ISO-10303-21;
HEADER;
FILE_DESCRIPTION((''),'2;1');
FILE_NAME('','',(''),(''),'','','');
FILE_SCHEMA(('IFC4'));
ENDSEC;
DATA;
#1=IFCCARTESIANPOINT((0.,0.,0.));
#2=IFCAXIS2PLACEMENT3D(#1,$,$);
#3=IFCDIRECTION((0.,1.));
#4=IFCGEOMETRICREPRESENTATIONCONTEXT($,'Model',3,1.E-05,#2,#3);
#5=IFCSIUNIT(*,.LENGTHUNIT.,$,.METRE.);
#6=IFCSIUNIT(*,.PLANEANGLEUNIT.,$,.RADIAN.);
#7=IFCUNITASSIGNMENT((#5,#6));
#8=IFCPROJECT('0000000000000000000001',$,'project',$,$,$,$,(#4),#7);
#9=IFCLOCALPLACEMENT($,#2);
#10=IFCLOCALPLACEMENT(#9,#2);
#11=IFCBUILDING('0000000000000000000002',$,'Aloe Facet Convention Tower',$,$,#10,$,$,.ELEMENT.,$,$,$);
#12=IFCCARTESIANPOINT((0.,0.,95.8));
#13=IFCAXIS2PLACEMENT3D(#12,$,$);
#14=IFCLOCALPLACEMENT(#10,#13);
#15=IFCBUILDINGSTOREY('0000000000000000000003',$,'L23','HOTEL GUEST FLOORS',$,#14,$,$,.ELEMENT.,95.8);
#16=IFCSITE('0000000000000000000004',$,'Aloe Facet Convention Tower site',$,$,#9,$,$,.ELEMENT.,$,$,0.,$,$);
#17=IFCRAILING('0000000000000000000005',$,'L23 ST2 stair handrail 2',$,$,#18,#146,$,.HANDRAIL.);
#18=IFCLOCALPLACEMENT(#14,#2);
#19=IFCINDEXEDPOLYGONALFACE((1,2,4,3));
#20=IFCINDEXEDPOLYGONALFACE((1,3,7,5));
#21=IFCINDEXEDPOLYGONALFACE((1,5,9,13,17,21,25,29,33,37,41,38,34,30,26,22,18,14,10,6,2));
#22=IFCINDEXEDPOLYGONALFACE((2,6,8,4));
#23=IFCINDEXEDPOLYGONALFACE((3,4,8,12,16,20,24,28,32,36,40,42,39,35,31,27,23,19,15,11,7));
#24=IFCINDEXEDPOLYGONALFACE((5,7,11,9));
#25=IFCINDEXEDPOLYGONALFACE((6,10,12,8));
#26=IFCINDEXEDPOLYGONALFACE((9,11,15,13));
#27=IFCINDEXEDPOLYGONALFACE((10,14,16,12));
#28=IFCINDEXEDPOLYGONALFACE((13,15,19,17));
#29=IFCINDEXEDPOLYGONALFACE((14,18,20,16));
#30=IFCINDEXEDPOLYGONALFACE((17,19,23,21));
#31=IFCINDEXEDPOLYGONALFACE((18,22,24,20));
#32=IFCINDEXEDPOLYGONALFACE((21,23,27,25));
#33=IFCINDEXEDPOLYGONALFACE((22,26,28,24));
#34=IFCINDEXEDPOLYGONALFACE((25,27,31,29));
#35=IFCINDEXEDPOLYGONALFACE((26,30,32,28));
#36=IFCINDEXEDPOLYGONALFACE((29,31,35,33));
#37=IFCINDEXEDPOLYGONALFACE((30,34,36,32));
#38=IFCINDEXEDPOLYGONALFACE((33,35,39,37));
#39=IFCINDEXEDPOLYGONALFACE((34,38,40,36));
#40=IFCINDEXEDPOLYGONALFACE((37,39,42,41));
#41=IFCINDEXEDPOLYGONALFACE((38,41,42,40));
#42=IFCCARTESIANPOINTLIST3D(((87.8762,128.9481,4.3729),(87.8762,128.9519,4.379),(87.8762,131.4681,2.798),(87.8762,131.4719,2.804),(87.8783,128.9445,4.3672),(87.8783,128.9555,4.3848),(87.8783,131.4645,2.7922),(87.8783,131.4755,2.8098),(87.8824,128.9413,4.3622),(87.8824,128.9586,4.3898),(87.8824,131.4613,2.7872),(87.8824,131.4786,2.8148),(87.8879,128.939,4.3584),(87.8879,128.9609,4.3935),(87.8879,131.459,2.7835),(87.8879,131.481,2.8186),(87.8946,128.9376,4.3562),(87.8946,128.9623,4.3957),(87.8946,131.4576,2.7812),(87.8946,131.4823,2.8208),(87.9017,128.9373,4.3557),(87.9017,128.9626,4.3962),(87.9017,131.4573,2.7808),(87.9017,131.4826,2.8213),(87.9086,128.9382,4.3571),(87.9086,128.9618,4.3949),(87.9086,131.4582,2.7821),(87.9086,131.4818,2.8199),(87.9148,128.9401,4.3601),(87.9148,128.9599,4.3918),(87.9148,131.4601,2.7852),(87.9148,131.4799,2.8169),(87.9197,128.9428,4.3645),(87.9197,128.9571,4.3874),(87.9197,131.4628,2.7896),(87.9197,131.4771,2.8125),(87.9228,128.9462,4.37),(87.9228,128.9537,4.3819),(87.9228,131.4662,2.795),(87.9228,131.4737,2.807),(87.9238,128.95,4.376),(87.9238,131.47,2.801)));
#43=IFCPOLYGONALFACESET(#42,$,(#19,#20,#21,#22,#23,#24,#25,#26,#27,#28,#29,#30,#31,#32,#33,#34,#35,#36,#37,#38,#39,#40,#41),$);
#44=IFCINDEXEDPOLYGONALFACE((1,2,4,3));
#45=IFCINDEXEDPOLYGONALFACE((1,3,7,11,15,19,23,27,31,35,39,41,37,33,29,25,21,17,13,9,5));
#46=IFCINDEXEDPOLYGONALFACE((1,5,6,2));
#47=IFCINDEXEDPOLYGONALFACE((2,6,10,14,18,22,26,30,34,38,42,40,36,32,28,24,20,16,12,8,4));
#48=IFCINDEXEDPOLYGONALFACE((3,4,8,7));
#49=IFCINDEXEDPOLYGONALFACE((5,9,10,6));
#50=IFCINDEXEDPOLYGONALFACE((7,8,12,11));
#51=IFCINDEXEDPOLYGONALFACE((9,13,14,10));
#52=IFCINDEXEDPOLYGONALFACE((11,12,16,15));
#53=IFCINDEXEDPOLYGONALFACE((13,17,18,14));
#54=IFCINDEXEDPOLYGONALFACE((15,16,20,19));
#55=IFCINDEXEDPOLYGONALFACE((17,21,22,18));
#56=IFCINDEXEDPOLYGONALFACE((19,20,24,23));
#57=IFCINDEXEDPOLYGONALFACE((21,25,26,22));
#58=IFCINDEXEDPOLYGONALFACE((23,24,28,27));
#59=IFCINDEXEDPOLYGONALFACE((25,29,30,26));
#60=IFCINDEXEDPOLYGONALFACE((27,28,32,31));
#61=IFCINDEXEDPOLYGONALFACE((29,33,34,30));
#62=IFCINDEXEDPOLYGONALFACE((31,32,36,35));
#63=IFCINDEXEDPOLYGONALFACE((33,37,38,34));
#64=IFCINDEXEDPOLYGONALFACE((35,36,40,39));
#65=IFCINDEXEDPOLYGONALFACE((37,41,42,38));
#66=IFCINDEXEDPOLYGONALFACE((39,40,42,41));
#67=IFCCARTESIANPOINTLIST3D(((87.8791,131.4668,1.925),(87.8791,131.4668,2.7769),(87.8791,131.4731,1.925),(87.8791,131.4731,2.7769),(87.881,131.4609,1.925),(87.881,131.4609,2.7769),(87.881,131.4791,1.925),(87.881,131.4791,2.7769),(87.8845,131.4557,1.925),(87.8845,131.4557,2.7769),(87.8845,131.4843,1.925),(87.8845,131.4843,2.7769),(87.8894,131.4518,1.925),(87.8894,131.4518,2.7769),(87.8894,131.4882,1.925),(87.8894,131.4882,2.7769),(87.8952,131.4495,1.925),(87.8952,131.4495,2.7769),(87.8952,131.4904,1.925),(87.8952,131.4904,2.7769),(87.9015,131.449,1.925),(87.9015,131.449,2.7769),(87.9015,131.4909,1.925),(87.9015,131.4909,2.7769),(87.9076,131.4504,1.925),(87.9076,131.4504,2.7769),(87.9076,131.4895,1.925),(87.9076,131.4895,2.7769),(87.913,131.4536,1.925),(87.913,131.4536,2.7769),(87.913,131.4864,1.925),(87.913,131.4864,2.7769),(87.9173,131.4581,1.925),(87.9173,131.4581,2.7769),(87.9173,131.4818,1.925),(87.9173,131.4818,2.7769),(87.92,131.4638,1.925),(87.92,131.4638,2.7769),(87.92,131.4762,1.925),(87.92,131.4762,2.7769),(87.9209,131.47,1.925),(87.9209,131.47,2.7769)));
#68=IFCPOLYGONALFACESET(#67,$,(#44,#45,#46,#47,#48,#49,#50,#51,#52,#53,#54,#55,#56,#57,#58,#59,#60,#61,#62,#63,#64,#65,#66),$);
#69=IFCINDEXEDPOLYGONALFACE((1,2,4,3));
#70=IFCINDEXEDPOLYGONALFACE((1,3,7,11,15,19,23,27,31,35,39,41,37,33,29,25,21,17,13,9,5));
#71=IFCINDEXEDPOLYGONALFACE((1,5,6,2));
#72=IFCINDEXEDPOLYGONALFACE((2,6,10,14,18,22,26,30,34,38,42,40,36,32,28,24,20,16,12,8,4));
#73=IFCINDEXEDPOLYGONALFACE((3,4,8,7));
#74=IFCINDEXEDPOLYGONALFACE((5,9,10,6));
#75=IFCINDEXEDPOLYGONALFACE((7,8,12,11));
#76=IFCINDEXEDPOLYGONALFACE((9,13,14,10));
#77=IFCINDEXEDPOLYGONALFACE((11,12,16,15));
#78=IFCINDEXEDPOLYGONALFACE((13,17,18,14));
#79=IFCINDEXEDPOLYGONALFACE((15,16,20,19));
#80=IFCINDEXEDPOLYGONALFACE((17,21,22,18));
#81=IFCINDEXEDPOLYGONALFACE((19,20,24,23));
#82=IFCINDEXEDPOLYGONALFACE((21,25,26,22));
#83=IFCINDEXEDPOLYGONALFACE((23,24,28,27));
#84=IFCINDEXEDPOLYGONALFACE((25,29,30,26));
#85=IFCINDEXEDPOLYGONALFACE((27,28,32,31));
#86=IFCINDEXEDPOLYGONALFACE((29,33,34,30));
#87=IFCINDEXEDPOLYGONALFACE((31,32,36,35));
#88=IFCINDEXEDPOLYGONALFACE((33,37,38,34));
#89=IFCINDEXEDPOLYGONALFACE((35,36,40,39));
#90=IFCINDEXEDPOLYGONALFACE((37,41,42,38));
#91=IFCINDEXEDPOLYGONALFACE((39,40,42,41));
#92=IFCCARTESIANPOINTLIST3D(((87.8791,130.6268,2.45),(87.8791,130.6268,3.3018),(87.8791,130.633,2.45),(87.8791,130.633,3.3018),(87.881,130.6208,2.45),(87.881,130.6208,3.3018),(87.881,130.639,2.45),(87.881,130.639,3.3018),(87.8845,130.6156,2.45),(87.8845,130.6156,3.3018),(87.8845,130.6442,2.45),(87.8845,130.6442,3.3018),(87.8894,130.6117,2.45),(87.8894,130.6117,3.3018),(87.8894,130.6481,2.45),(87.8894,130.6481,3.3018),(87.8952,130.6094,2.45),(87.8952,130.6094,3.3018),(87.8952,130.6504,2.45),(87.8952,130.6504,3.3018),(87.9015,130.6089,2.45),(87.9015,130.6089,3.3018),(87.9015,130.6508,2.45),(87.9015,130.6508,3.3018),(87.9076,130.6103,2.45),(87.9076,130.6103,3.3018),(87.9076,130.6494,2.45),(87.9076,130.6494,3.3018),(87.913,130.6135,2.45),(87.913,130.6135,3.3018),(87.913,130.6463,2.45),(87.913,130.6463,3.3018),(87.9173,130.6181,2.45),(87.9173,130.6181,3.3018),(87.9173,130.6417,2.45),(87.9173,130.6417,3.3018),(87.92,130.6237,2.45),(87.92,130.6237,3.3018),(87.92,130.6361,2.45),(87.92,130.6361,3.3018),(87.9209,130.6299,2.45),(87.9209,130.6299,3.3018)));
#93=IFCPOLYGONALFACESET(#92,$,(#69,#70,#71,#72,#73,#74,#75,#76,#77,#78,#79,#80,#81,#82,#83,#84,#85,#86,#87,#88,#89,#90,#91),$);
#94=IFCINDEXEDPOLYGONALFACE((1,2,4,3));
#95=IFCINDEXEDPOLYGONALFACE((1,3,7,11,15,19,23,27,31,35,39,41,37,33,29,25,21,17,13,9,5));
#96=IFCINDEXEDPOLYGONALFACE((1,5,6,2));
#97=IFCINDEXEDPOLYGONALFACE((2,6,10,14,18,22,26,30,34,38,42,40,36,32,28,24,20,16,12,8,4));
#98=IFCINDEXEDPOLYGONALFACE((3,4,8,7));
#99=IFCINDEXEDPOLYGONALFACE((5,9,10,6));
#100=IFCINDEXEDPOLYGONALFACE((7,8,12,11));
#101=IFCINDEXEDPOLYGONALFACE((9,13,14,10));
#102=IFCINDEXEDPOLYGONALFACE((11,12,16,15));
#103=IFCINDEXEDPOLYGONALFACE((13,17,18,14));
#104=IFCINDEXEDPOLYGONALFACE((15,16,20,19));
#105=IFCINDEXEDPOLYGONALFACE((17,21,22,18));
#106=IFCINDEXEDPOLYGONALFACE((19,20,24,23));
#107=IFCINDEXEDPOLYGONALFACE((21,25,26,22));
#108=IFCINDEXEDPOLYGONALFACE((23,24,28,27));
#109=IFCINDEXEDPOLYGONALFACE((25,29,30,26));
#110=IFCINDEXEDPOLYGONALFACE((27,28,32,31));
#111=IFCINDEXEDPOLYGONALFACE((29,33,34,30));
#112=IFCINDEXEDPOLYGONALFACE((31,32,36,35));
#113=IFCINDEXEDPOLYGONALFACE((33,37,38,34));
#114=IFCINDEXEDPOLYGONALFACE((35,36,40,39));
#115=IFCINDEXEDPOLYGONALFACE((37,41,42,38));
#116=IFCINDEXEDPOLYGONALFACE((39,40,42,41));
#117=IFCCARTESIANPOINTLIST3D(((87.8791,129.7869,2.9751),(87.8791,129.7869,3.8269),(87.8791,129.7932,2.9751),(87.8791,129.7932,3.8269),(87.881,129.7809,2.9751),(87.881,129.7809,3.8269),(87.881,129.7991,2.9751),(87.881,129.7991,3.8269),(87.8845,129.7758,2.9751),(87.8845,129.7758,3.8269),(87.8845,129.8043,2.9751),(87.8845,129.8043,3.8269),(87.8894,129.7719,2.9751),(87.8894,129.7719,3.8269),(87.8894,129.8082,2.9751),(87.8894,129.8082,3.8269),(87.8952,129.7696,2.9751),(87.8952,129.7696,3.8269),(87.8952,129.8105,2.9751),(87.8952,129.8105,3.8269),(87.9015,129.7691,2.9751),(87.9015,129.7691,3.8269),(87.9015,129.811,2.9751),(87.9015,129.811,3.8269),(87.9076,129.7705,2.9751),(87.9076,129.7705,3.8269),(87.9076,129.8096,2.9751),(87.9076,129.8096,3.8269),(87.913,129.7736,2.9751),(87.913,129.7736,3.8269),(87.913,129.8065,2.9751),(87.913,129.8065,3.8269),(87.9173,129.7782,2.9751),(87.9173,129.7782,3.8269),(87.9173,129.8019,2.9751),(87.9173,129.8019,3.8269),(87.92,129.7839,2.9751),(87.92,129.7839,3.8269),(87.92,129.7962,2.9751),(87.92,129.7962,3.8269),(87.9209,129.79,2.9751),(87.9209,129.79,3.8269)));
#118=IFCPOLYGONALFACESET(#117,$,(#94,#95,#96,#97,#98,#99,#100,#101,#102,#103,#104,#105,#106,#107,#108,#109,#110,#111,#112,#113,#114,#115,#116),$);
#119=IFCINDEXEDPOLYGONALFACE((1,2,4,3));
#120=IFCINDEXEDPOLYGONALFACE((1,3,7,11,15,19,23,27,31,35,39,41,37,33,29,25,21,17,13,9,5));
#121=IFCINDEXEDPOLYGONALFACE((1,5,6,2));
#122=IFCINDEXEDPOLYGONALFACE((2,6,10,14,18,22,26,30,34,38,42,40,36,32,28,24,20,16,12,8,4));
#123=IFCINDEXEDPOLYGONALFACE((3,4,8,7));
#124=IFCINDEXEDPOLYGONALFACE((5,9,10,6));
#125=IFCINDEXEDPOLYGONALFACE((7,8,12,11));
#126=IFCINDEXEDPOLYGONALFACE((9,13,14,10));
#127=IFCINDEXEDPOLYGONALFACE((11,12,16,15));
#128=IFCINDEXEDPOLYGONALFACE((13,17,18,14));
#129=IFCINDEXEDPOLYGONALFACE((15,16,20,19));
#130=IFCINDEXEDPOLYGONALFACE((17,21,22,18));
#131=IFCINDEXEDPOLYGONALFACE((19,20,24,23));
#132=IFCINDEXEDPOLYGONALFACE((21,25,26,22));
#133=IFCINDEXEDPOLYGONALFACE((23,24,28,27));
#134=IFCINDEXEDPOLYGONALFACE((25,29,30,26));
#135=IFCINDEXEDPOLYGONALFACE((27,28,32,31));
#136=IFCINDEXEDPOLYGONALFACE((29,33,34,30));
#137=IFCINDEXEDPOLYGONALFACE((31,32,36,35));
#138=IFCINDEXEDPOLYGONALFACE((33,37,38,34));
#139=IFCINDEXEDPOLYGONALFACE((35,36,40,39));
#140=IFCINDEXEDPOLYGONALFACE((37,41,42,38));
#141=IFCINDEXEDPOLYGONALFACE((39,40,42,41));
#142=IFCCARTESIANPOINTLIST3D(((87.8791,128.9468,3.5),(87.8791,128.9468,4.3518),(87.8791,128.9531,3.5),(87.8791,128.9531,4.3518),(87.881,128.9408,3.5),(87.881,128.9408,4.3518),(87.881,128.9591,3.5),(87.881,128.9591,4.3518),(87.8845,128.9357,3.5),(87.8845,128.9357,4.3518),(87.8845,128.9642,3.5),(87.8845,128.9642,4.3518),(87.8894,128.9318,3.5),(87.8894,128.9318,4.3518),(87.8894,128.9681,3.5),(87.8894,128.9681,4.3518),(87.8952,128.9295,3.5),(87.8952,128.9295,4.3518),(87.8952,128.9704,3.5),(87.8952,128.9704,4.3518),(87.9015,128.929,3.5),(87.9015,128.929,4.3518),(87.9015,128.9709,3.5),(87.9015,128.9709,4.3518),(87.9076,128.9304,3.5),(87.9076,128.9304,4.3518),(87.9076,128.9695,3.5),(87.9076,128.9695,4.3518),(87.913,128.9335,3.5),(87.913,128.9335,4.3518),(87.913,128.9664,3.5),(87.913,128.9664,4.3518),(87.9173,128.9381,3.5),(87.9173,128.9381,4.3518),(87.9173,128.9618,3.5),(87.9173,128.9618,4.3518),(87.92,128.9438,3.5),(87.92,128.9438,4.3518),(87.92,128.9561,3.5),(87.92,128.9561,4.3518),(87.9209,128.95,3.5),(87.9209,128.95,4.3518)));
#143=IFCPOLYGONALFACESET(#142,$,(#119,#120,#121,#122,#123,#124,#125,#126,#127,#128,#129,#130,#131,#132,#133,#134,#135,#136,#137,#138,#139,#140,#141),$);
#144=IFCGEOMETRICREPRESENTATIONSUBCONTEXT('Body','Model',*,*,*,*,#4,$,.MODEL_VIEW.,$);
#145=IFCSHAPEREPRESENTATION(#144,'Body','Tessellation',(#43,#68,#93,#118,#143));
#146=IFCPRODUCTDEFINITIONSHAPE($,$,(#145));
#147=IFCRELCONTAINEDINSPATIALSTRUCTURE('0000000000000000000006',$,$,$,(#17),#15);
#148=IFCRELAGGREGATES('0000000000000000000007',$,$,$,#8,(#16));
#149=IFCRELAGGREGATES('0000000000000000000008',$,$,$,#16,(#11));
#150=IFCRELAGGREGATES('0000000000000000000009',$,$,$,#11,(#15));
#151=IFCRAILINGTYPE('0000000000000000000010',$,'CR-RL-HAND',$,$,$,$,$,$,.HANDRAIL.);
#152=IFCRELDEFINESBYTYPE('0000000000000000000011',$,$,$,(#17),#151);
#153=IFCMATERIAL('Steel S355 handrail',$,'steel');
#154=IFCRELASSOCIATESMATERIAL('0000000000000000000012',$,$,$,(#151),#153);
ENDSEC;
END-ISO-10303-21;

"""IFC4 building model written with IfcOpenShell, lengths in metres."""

from ifc_helpers import new_model, si_unit, direction, frame, origin, origin_2d, place, context, subcontext, project, spatial, circle, extrude, material, type_object, element, save


model = new_model("IFC4")

# Units and contexts
model_context = context("Model", 3, precision=1e-05, world=origin(), true_north=direction((0.0, 1.0)))
body_context = subcontext(model_context, "Body", "Model", "MODEL_VIEW")
ifc_project = project(units=[si_unit("LENGTHUNIT", "METRE"), si_unit("PLANEANGLEUNIT", "RADIAN")], contexts=[model_context])

# Site, building, storey
site_placement = place(None, origin())
site = spatial("IfcSite", under=ifc_project, at=site_placement, Name="Aloe Facet Convention Tower site", CompositionType="ELEMENT", RefElevation=0.0)
building_placement = place(site_placement, origin())
building = spatial("IfcBuilding", under=site, at=building_placement, Name="Aloe Facet Convention Tower", CompositionType="ELEMENT")
storey_placement = place(building_placement, frame((0.0, 0.0, 95.8)))
storey = spatial("IfcBuildingStorey", under=building, at=storey_placement, Name="L23", Description="HOTEL GUEST FLOORS", CompositionType="ELEMENT", Elevation=95.8)

# Railing
ifc_material_1 = material(Name="Steel S355 handrail", Category="steel")
railing_type_1 = type_object("IfcRailingType", Name="CR-RL-HAND", PredefinedType="HANDRAIL", material=ifc_material_1)
railing_1_placement = place(storey_placement, frame((87.8999, 131.47, 1.925)))
element("IfcRailing", 1, at=railing_1_placement, inside=storey, type_object=railing_type_1, Name="L23 ST2 stair handrail 2", PredefinedType="HANDRAIL", context=body_context, shape_type="SweptSolid", body=[
    extrude(circle(Radius=0.0239, at=origin_2d()), frame((0.0, 0.0, 0.876), z_axis=(0.0, -0.848008, 0.529984), x_axis=(1.0, 0.0, 0.0)), (0.0, 0.0, 1.0), 2.9717),
    extrude(circle(Radius=0.021, at=origin_2d()), origin(), (0.0, 0.0, 1.0), 0.8518),
    extrude(circle(Radius=0.021, at=origin_2d()), frame((0.0, -0.8401, 0.5249)), (0.0, 0.0, 1.0), 0.8518),
    extrude(circle(Radius=0.021, at=origin_2d()), frame((0.0, -1.6799, 1.05)), (0.0, 0.0, 1.0), 0.8518),
    extrude(circle(Radius=0.021, at=origin_2d()), frame((0.0, -2.52, 1.575)), (0.0, 0.0, 1.0), 0.8518),
])

save(model, "model.ifc")
